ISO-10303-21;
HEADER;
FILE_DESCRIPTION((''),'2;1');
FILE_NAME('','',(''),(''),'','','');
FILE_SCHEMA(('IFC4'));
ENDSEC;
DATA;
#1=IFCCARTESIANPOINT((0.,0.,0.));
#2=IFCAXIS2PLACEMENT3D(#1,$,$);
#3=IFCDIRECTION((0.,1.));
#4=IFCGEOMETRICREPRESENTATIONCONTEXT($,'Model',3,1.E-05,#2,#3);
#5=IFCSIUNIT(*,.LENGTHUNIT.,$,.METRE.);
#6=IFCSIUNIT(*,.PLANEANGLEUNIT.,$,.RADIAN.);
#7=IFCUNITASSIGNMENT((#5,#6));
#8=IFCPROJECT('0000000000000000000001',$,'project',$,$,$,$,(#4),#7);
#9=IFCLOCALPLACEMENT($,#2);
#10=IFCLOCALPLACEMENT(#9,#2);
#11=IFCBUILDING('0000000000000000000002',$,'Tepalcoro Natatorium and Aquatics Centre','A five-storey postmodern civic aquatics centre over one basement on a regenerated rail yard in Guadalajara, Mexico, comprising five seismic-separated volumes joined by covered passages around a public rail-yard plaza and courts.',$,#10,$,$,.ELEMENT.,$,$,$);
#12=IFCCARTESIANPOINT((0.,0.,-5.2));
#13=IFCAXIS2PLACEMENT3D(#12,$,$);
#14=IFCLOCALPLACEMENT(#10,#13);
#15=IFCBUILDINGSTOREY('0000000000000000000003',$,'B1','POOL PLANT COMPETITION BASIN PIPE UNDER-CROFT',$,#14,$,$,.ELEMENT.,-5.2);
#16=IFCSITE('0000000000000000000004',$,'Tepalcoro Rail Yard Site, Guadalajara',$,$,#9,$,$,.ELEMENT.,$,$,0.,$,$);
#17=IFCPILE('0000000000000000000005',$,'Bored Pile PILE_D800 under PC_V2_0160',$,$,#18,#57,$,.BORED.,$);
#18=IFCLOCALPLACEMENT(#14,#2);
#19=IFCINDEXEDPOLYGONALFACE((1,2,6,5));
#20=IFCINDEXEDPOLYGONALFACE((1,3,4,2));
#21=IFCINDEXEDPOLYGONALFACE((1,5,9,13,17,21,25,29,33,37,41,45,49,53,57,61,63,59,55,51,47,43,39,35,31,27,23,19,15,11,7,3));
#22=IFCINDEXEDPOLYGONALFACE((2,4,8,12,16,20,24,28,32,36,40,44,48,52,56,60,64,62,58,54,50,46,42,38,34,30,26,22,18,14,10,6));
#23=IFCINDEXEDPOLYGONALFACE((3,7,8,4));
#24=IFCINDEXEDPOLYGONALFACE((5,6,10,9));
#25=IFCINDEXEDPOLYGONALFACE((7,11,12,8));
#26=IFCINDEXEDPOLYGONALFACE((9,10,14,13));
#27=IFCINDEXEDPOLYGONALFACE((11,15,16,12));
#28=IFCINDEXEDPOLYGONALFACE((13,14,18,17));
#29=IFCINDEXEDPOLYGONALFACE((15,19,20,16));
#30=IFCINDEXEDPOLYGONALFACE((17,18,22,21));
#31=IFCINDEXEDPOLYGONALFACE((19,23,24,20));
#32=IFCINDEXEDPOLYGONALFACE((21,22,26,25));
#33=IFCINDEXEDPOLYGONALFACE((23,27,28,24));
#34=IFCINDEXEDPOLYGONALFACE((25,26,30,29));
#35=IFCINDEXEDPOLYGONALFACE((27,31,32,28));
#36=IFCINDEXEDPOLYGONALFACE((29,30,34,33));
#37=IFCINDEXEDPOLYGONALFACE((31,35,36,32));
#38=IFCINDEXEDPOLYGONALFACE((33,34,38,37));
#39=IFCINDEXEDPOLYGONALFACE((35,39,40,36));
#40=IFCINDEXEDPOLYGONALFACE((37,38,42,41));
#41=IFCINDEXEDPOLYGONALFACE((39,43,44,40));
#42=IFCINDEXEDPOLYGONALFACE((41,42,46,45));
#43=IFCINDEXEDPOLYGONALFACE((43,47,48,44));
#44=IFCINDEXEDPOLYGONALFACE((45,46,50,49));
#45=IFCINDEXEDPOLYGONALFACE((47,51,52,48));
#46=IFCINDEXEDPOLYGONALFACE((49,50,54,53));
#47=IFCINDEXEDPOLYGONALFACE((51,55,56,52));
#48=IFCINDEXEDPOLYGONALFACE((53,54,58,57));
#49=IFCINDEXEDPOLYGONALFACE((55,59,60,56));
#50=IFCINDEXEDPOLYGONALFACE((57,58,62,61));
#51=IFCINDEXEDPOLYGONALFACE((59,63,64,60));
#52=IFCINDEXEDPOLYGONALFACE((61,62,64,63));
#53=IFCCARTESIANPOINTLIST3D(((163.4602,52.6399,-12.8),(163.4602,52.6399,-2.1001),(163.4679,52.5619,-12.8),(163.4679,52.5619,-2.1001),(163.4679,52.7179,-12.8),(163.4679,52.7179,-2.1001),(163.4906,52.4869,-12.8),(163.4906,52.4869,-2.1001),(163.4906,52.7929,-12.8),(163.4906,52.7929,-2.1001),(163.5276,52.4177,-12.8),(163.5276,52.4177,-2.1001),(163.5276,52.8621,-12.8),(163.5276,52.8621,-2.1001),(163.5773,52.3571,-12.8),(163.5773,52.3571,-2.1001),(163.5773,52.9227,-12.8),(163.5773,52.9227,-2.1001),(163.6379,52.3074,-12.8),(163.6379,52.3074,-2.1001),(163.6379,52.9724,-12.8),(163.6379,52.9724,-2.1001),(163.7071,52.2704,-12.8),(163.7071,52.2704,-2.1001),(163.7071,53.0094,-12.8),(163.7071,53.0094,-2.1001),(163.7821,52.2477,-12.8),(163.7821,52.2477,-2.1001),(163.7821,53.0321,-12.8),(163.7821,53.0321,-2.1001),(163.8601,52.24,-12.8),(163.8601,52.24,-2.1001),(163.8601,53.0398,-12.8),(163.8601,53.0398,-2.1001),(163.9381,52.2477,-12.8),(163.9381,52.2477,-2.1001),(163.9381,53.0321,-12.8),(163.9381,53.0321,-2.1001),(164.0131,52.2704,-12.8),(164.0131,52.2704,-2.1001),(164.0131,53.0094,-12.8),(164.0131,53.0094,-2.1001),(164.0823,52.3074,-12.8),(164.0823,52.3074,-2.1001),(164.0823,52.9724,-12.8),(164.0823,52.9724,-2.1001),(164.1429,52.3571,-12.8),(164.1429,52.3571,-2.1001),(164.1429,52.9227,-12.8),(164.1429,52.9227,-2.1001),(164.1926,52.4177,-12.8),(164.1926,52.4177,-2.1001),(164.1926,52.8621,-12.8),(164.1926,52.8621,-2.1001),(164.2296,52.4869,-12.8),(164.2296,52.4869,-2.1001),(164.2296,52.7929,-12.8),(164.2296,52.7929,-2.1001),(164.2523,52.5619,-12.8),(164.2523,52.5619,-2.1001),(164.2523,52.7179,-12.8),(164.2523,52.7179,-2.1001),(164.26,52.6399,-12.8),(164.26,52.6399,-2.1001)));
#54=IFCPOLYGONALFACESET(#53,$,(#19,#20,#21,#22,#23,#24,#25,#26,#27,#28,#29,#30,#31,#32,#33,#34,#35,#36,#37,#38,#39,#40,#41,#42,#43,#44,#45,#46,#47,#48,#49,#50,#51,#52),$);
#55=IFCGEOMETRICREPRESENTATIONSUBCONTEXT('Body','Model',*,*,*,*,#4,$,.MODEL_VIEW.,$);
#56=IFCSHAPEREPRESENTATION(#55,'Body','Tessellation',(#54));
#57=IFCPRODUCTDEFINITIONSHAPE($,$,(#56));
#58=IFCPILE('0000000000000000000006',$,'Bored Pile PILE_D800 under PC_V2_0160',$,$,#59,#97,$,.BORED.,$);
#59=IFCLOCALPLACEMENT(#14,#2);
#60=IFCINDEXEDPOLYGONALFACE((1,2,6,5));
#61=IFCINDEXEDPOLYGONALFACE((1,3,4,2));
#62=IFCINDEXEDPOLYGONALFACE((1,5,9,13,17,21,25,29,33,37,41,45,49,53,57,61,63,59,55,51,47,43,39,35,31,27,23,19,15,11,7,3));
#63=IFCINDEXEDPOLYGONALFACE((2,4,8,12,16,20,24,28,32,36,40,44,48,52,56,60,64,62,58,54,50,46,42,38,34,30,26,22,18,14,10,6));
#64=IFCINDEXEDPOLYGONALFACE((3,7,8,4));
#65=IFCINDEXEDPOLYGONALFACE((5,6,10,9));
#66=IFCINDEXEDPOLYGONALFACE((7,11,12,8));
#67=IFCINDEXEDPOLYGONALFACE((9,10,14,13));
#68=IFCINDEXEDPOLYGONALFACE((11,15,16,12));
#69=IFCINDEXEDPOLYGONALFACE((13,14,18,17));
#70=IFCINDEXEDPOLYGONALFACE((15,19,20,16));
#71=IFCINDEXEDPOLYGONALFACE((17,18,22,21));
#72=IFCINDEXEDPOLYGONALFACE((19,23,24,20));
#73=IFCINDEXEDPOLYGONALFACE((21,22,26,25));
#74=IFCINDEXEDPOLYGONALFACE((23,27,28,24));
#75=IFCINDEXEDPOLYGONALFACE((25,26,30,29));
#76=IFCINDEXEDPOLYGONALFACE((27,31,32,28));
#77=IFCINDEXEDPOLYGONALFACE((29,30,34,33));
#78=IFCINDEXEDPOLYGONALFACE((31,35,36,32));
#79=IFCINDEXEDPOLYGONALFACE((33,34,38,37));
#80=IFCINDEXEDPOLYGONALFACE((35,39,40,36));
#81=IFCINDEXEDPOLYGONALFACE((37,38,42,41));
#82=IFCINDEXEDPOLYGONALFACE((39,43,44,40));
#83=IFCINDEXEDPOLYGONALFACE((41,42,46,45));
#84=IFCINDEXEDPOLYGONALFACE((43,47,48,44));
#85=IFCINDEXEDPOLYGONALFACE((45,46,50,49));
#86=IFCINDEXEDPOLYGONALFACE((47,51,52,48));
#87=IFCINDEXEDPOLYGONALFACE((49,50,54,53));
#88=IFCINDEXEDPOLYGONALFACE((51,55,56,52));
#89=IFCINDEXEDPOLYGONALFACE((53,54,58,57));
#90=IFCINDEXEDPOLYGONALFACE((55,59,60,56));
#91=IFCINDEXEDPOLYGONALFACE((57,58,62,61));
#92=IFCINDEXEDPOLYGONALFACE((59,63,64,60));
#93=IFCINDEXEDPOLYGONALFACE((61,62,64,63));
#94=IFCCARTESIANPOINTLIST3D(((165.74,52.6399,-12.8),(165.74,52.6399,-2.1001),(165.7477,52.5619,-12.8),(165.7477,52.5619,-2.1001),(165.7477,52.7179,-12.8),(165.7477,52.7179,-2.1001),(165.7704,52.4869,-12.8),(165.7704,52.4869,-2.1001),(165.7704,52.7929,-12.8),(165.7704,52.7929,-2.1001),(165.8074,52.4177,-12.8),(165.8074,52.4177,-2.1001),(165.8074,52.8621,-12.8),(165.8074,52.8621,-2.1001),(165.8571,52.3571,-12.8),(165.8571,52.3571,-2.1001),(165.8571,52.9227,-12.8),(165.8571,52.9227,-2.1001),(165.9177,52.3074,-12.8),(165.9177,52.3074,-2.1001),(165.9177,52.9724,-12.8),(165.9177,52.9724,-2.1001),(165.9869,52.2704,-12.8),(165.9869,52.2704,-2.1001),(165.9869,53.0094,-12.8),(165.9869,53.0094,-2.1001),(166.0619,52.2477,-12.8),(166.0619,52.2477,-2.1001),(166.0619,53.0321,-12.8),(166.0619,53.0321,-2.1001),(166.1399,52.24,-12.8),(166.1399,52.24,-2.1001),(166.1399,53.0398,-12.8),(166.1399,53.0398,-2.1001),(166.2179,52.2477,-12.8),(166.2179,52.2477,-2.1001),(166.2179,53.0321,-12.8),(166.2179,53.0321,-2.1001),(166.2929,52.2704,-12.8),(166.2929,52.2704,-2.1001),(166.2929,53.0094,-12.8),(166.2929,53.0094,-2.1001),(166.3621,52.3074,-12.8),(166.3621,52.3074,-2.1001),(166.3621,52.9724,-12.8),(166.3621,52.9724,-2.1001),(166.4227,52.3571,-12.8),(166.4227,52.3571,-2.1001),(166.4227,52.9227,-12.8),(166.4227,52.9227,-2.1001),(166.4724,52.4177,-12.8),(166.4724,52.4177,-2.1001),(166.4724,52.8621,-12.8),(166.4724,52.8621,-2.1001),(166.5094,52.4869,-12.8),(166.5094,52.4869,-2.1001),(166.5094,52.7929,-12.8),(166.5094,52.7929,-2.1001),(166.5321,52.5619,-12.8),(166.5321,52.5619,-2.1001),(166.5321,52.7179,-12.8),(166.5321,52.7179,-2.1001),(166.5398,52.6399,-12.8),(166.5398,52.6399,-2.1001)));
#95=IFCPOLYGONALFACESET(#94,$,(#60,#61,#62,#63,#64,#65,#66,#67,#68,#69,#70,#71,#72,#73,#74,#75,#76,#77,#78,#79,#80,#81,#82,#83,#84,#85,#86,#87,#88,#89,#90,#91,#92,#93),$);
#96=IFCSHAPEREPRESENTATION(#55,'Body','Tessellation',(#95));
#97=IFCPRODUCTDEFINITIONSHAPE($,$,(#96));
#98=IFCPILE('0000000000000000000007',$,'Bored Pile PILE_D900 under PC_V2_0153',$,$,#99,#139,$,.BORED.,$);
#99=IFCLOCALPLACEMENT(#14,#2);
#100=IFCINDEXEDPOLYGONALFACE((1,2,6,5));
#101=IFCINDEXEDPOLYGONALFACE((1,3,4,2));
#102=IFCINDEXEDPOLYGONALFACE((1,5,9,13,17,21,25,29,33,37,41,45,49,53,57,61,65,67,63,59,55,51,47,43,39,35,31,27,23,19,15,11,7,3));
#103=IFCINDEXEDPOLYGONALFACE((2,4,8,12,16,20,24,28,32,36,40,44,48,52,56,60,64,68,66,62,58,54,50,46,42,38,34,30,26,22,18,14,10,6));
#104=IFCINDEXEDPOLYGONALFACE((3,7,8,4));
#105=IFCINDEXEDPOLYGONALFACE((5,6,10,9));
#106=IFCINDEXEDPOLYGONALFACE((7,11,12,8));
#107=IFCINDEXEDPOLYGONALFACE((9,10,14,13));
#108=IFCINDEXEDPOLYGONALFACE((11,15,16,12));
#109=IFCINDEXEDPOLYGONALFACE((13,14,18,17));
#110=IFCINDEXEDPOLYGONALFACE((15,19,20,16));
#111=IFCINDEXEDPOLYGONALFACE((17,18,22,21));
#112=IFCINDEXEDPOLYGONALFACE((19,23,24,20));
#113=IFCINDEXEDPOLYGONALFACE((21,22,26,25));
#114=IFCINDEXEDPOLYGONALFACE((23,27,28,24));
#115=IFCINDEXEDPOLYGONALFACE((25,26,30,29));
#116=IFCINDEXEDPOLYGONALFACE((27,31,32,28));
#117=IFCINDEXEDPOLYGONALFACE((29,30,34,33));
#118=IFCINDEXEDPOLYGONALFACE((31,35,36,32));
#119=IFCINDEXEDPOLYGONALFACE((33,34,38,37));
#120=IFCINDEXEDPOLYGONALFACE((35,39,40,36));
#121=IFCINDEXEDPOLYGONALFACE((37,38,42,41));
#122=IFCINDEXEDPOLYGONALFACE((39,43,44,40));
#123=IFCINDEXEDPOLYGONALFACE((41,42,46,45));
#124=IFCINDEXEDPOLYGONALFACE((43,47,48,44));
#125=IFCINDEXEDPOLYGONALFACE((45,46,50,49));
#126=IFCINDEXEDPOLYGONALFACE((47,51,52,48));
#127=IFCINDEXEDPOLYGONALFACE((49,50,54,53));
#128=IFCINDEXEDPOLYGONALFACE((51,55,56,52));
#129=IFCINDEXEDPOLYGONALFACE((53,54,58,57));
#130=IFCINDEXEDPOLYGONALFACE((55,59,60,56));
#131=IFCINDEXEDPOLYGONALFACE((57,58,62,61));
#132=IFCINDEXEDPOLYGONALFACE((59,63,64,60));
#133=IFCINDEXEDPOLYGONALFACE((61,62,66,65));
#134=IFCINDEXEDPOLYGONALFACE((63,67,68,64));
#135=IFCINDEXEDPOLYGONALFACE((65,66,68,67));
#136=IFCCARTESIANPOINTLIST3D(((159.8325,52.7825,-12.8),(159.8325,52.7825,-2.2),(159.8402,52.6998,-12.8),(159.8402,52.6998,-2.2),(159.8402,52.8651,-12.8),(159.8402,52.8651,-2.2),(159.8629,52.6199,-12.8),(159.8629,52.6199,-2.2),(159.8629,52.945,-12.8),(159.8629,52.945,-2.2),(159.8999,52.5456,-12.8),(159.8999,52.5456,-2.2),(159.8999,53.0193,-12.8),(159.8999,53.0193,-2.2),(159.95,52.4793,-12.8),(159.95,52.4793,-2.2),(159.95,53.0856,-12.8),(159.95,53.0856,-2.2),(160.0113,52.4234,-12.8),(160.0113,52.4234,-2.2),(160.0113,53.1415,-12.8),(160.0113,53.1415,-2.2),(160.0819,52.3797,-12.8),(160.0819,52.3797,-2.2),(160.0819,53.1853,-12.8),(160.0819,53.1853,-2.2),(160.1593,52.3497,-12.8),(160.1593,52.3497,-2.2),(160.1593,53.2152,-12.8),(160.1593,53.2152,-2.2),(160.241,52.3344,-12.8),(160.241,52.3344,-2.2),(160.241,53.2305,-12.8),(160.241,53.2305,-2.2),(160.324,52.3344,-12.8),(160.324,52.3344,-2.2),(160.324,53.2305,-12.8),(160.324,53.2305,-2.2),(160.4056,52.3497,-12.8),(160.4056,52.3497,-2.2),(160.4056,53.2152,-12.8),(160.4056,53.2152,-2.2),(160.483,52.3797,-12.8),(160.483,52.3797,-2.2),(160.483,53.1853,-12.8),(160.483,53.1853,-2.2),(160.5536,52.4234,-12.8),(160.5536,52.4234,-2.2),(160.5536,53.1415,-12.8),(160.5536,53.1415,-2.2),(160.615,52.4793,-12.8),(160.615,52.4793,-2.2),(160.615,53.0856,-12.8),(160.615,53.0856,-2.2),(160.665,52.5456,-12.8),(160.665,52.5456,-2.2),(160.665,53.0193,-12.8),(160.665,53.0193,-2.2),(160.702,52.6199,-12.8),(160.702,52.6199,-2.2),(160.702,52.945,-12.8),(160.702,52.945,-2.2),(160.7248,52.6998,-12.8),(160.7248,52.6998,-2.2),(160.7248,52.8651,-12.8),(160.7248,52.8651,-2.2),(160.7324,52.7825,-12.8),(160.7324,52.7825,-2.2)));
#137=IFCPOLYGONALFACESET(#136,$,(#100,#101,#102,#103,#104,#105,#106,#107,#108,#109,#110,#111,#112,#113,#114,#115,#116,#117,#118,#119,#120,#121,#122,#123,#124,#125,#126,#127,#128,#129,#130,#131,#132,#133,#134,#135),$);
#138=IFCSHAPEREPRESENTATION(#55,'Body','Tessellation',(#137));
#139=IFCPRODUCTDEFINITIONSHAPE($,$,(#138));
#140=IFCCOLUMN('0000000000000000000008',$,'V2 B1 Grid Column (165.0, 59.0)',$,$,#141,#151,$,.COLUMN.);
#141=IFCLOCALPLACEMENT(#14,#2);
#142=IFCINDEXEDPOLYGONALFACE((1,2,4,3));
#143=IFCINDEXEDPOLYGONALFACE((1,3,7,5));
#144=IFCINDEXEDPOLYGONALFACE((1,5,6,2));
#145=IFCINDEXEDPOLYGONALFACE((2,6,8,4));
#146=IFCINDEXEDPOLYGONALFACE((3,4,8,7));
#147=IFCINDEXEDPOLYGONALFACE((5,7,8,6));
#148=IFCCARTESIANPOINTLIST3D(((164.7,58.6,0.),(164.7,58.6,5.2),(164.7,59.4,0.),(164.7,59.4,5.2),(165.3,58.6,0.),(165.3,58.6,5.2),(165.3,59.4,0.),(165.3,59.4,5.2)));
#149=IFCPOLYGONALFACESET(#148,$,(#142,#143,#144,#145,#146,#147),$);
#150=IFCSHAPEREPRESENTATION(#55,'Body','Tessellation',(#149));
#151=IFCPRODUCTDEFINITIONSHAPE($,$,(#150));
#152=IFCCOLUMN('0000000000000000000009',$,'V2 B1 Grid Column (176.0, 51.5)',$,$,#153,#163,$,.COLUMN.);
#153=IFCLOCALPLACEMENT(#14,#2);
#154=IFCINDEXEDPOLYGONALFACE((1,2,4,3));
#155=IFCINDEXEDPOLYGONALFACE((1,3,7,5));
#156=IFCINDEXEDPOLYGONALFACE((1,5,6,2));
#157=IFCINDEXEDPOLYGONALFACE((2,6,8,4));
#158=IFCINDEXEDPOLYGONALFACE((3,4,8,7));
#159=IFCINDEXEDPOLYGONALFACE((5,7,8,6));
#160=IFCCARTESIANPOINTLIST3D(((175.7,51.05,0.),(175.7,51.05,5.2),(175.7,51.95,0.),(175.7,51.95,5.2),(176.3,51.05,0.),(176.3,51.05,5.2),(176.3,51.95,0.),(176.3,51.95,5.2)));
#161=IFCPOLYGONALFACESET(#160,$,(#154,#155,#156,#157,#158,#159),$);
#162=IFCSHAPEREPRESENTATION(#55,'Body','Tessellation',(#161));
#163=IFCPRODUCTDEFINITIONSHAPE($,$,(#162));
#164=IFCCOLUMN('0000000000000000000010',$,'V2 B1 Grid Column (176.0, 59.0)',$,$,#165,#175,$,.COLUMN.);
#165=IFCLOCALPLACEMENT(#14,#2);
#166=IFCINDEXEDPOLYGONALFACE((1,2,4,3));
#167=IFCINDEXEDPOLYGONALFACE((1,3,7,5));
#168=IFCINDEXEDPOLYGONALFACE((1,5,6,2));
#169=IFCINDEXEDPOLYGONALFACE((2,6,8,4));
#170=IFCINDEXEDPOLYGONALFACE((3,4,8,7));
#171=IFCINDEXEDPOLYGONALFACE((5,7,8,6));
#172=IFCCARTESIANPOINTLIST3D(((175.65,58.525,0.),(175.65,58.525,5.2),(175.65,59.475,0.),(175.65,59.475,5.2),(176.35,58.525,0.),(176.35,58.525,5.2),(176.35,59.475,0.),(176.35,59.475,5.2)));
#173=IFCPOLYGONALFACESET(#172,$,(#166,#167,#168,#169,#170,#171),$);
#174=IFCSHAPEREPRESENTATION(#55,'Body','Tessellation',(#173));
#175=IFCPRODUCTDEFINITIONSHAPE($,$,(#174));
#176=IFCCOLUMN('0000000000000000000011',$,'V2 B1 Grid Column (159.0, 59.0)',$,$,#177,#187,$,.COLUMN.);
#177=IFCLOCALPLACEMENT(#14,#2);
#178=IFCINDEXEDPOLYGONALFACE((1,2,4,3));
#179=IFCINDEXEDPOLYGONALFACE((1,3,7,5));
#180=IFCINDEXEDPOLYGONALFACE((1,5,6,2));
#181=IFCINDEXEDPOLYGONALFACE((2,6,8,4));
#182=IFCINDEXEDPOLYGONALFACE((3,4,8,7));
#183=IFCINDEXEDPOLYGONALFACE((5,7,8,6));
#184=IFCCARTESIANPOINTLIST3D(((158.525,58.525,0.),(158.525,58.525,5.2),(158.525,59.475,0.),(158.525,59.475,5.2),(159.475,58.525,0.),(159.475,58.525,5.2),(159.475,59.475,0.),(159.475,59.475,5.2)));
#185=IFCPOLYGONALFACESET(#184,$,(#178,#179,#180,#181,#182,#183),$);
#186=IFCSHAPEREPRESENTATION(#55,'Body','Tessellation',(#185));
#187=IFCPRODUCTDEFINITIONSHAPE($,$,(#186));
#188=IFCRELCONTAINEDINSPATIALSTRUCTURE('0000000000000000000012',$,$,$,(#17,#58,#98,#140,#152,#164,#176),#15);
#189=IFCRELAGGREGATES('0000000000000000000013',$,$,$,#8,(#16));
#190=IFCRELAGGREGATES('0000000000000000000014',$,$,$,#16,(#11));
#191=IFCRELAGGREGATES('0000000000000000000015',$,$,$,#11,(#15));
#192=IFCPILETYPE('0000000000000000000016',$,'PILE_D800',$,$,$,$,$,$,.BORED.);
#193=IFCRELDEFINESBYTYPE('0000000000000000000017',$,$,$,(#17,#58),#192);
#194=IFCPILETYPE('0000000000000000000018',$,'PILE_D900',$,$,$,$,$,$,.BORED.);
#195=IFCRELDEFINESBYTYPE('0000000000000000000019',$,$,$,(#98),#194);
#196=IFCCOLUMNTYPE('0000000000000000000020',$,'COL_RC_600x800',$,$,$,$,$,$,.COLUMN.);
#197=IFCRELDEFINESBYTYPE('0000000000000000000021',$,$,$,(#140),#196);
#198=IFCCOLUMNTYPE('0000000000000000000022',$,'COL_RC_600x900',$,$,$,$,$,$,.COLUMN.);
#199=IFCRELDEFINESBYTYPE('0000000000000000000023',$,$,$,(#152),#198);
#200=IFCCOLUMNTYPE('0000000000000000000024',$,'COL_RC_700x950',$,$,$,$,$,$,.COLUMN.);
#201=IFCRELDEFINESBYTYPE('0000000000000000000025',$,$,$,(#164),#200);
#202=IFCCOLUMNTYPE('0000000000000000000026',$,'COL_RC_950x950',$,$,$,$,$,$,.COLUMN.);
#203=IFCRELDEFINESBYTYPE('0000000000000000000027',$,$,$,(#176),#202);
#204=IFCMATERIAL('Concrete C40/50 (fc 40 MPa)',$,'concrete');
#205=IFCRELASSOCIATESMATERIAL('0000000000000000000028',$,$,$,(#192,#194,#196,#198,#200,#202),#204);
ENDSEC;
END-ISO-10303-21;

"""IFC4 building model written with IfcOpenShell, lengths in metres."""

from ifc_helpers import new_model, si_unit, direction, frame, origin, origin_2d, place, context, subcontext, project, spatial, rectangle, circle, extrude, material, material_profile, profile_set, type_object, element, save


model = new_model("IFC4")

# Units and contexts
model_context = context("Model", 3, precision=1e-05, world=origin(), true_north=direction((0.0, 1.0)))
body_context = subcontext(model_context, "Body", "Model", "MODEL_VIEW")
ifc_project = project(units=[si_unit("LENGTHUNIT", "METRE"), si_unit("PLANEANGLEUNIT", "RADIAN")], contexts=[model_context])

# Site, building, storey
site_placement = place(None, origin())
site = spatial("IfcSite", under=ifc_project, at=site_placement, Name="Tepalcoro Rail Yard Site, Guadalajara", CompositionType="ELEMENT", RefElevation=0.0)
building_placement = place(site_placement, origin())
building = spatial("IfcBuilding", under=site, at=building_placement, Name="Tepalcoro Natatorium and Aquatics Centre", Description="A five-storey postmodern civic aquatics centre over one basement on a regenerated rail yard in Guadalajara, Mexico, comprising five seismic-separated volumes joined by covered passages around a public rail-yard plaza and courts.", CompositionType="ELEMENT")
storey_placement = place(building_placement, frame((0.0, 0.0, -5.2)))
storey = spatial("IfcBuildingStorey", under=building, at=storey_placement, Name="B1", Description="POOL PLANT COMPETITION BASIN PIPE UNDER-CROFT", CompositionType="ELEMENT", Elevation=-5.2)

# Piles
ifc_material_1 = material(Name="Concrete C40/50 (fc 40 MPa)", Category="concrete")
ifc_material_profile_1 = material_profile(ifc_material_1, circle(Radius=0.3999, at=origin_2d()), Name="PILE_D800")
ifc_profile_set_1 = profile_set([ifc_material_profile_1], Name="Concrete C40/50 (fc 40 MPa)")
pile_type_1 = type_object("IfcPileType", Name="PILE_D800", PredefinedType="BORED", material=ifc_profile_set_1)
for number, where, z_axis, x_axis, name in (
    (1, (163.8601, 52.6399, -2.1001), (0.0, 0.0, -1.0), (1.0, 0.0, 0.0), "Bored Pile PILE_D800 under PC_V2_0160"),
    (2, (166.1399, 52.6399, -2.1001), (0.0, 0.0, -1.0), (1.0, 0.0, 0.0), "Bored Pile PILE_D800 under PC_V2_0160"),
):
    element("IfcPile", number, at=place(storey_placement, frame(where, z_axis=z_axis, x_axis=x_axis)), inside=storey, type_object=pile_type_1, Name=name, PredefinedType="BORED", context=body_context, shape_type="SweptSolid", body=[
        extrude(circle(Radius=0.3999, at=origin_2d()), origin(), (0.0, 0.0, 1.0), 10.7),
    ])
ifc_material_profile_2 = material_profile(ifc_material_1, circle(Radius=0.45, at=origin_2d()), Name="PILE_D900")
ifc_profile_set_2 = profile_set([ifc_material_profile_2], Name="Concrete C40/50 (fc 40 MPa)")
pile_type_2 = type_object("IfcPileType", Name="PILE_D900", PredefinedType="BORED", material=ifc_profile_set_2)
pile_1_placement = place(storey_placement, frame((160.2825, 52.7825, -2.2), z_axis=(0.0, 0.0, -1.0), x_axis=(1.0, 0.0, 0.0)))
element("IfcPile", 3, at=pile_1_placement, inside=storey, type_object=pile_type_2, Name="Bored Pile PILE_D900 under PC_V2_0153", PredefinedType="BORED", context=body_context, shape_type="SweptSolid", body=[
    extrude(circle(Radius=0.45, at=origin_2d()), origin(), (0.0, 0.0, 1.0), 10.6001),
])

# Columns
ifc_material_profile_3 = material_profile(ifc_material_1, rectangle(XDim=0.6001, YDim=0.8, at=origin_2d()), Name="RC600x800")
ifc_profile_set_3 = profile_set([ifc_material_profile_3], Name="Concrete C40/50 (fc 40 MPa)")
column_type_1 = type_object("IfcColumnType", Name="COL_RC_600x800", PredefinedType="COLUMN", material=ifc_profile_set_3)
column_1_placement = place(storey_placement, frame((165.0, 59.0, 0.0), z_axis=(0.0, 0.0, 1.0), x_axis=(1.0, 0.0, 0.0)))
element("IfcColumn", 4, at=column_1_placement, inside=storey, type_object=column_type_1, Name="V2 B1 Grid Column (165.0, 59.0)", PredefinedType="COLUMN", context=body_context, shape_type="SweptSolid", body=[
    extrude(rectangle(XDim=0.6001, YDim=0.8, at=origin_2d()), origin(), (0.0, 0.0, 1.0), 5.2),
])
ifc_material_profile_4 = material_profile(ifc_material_1, rectangle(XDim=0.6001, YDim=0.8999, at=origin_2d()), Name="RC600x900")
ifc_profile_set_4 = profile_set([ifc_material_profile_4], Name="Concrete C40/50 (fc 40 MPa)")
column_type_2 = type_object("IfcColumnType", Name="COL_RC_600x900", PredefinedType="COLUMN", material=ifc_profile_set_4)
column_2_placement = place(storey_placement, frame((176.0, 51.5, 0.0), z_axis=(0.0, 0.0, 1.0), x_axis=(1.0, 0.0, 0.0)))
element("IfcColumn", 5, at=column_2_placement, inside=storey, type_object=column_type_2, Name="V2 B1 Grid Column (176.0, 51.5)", PredefinedType="COLUMN", context=body_context, shape_type="SweptSolid", body=[
    extrude(rectangle(XDim=0.6001, YDim=0.8999, at=origin_2d()), origin(), (0.0, 0.0, 1.0), 5.2),
])
ifc_material_profile_5 = material_profile(ifc_material_1, rectangle(XDim=0.7, YDim=0.95, at=origin_2d()), Name="RC700x950")
ifc_profile_set_5 = profile_set([ifc_material_profile_5], Name="Concrete C40/50 (fc 40 MPa)")
column_type_3 = type_object("IfcColumnType", Name="COL_RC_700x950", PredefinedType="COLUMN", material=ifc_profile_set_5)
column_3_placement = place(storey_placement, frame((176.0, 59.0, 0.0), z_axis=(0.0, 0.0, 1.0), x_axis=(1.0, 0.0, 0.0)))
element("IfcColumn", 6, at=column_3_placement, inside=storey, type_object=column_type_3, Name="V2 B1 Grid Column (176.0, 59.0)", PredefinedType="COLUMN", context=body_context, shape_type="SweptSolid", body=[
    extrude(rectangle(XDim=0.7, YDim=0.95, at=origin_2d()), origin(), (0.0, 0.0, 1.0), 5.2),
])
ifc_material_profile_6 = material_profile(ifc_material_1, rectangle(XDim=0.95, YDim=0.95, at=origin_2d()), Name="RC950x950")
ifc_profile_set_6 = profile_set([ifc_material_profile_6], Name="Concrete C40/50 (fc 40 MPa)")
column_type_4 = type_object("IfcColumnType", Name="COL_RC_950x950", PredefinedType="COLUMN", material=ifc_profile_set_6)
column_4_placement = place(storey_placement, frame((159.0, 59.0, 0.0), z_axis=(0.0, 0.0, 1.0), x_axis=(1.0, 0.0, 0.0)))
element("IfcColumn", 7, at=column_4_placement, inside=storey, type_object=column_type_4, Name="V2 B1 Grid Column (159.0, 59.0)", PredefinedType="COLUMN", context=body_context, shape_type="SweptSolid", body=[
    extrude(rectangle(XDim=0.95, YDim=0.95, at=origin_2d()), origin(), (0.0, 0.0, 1.0), 5.2),
])

save(model, "model.ifc")
